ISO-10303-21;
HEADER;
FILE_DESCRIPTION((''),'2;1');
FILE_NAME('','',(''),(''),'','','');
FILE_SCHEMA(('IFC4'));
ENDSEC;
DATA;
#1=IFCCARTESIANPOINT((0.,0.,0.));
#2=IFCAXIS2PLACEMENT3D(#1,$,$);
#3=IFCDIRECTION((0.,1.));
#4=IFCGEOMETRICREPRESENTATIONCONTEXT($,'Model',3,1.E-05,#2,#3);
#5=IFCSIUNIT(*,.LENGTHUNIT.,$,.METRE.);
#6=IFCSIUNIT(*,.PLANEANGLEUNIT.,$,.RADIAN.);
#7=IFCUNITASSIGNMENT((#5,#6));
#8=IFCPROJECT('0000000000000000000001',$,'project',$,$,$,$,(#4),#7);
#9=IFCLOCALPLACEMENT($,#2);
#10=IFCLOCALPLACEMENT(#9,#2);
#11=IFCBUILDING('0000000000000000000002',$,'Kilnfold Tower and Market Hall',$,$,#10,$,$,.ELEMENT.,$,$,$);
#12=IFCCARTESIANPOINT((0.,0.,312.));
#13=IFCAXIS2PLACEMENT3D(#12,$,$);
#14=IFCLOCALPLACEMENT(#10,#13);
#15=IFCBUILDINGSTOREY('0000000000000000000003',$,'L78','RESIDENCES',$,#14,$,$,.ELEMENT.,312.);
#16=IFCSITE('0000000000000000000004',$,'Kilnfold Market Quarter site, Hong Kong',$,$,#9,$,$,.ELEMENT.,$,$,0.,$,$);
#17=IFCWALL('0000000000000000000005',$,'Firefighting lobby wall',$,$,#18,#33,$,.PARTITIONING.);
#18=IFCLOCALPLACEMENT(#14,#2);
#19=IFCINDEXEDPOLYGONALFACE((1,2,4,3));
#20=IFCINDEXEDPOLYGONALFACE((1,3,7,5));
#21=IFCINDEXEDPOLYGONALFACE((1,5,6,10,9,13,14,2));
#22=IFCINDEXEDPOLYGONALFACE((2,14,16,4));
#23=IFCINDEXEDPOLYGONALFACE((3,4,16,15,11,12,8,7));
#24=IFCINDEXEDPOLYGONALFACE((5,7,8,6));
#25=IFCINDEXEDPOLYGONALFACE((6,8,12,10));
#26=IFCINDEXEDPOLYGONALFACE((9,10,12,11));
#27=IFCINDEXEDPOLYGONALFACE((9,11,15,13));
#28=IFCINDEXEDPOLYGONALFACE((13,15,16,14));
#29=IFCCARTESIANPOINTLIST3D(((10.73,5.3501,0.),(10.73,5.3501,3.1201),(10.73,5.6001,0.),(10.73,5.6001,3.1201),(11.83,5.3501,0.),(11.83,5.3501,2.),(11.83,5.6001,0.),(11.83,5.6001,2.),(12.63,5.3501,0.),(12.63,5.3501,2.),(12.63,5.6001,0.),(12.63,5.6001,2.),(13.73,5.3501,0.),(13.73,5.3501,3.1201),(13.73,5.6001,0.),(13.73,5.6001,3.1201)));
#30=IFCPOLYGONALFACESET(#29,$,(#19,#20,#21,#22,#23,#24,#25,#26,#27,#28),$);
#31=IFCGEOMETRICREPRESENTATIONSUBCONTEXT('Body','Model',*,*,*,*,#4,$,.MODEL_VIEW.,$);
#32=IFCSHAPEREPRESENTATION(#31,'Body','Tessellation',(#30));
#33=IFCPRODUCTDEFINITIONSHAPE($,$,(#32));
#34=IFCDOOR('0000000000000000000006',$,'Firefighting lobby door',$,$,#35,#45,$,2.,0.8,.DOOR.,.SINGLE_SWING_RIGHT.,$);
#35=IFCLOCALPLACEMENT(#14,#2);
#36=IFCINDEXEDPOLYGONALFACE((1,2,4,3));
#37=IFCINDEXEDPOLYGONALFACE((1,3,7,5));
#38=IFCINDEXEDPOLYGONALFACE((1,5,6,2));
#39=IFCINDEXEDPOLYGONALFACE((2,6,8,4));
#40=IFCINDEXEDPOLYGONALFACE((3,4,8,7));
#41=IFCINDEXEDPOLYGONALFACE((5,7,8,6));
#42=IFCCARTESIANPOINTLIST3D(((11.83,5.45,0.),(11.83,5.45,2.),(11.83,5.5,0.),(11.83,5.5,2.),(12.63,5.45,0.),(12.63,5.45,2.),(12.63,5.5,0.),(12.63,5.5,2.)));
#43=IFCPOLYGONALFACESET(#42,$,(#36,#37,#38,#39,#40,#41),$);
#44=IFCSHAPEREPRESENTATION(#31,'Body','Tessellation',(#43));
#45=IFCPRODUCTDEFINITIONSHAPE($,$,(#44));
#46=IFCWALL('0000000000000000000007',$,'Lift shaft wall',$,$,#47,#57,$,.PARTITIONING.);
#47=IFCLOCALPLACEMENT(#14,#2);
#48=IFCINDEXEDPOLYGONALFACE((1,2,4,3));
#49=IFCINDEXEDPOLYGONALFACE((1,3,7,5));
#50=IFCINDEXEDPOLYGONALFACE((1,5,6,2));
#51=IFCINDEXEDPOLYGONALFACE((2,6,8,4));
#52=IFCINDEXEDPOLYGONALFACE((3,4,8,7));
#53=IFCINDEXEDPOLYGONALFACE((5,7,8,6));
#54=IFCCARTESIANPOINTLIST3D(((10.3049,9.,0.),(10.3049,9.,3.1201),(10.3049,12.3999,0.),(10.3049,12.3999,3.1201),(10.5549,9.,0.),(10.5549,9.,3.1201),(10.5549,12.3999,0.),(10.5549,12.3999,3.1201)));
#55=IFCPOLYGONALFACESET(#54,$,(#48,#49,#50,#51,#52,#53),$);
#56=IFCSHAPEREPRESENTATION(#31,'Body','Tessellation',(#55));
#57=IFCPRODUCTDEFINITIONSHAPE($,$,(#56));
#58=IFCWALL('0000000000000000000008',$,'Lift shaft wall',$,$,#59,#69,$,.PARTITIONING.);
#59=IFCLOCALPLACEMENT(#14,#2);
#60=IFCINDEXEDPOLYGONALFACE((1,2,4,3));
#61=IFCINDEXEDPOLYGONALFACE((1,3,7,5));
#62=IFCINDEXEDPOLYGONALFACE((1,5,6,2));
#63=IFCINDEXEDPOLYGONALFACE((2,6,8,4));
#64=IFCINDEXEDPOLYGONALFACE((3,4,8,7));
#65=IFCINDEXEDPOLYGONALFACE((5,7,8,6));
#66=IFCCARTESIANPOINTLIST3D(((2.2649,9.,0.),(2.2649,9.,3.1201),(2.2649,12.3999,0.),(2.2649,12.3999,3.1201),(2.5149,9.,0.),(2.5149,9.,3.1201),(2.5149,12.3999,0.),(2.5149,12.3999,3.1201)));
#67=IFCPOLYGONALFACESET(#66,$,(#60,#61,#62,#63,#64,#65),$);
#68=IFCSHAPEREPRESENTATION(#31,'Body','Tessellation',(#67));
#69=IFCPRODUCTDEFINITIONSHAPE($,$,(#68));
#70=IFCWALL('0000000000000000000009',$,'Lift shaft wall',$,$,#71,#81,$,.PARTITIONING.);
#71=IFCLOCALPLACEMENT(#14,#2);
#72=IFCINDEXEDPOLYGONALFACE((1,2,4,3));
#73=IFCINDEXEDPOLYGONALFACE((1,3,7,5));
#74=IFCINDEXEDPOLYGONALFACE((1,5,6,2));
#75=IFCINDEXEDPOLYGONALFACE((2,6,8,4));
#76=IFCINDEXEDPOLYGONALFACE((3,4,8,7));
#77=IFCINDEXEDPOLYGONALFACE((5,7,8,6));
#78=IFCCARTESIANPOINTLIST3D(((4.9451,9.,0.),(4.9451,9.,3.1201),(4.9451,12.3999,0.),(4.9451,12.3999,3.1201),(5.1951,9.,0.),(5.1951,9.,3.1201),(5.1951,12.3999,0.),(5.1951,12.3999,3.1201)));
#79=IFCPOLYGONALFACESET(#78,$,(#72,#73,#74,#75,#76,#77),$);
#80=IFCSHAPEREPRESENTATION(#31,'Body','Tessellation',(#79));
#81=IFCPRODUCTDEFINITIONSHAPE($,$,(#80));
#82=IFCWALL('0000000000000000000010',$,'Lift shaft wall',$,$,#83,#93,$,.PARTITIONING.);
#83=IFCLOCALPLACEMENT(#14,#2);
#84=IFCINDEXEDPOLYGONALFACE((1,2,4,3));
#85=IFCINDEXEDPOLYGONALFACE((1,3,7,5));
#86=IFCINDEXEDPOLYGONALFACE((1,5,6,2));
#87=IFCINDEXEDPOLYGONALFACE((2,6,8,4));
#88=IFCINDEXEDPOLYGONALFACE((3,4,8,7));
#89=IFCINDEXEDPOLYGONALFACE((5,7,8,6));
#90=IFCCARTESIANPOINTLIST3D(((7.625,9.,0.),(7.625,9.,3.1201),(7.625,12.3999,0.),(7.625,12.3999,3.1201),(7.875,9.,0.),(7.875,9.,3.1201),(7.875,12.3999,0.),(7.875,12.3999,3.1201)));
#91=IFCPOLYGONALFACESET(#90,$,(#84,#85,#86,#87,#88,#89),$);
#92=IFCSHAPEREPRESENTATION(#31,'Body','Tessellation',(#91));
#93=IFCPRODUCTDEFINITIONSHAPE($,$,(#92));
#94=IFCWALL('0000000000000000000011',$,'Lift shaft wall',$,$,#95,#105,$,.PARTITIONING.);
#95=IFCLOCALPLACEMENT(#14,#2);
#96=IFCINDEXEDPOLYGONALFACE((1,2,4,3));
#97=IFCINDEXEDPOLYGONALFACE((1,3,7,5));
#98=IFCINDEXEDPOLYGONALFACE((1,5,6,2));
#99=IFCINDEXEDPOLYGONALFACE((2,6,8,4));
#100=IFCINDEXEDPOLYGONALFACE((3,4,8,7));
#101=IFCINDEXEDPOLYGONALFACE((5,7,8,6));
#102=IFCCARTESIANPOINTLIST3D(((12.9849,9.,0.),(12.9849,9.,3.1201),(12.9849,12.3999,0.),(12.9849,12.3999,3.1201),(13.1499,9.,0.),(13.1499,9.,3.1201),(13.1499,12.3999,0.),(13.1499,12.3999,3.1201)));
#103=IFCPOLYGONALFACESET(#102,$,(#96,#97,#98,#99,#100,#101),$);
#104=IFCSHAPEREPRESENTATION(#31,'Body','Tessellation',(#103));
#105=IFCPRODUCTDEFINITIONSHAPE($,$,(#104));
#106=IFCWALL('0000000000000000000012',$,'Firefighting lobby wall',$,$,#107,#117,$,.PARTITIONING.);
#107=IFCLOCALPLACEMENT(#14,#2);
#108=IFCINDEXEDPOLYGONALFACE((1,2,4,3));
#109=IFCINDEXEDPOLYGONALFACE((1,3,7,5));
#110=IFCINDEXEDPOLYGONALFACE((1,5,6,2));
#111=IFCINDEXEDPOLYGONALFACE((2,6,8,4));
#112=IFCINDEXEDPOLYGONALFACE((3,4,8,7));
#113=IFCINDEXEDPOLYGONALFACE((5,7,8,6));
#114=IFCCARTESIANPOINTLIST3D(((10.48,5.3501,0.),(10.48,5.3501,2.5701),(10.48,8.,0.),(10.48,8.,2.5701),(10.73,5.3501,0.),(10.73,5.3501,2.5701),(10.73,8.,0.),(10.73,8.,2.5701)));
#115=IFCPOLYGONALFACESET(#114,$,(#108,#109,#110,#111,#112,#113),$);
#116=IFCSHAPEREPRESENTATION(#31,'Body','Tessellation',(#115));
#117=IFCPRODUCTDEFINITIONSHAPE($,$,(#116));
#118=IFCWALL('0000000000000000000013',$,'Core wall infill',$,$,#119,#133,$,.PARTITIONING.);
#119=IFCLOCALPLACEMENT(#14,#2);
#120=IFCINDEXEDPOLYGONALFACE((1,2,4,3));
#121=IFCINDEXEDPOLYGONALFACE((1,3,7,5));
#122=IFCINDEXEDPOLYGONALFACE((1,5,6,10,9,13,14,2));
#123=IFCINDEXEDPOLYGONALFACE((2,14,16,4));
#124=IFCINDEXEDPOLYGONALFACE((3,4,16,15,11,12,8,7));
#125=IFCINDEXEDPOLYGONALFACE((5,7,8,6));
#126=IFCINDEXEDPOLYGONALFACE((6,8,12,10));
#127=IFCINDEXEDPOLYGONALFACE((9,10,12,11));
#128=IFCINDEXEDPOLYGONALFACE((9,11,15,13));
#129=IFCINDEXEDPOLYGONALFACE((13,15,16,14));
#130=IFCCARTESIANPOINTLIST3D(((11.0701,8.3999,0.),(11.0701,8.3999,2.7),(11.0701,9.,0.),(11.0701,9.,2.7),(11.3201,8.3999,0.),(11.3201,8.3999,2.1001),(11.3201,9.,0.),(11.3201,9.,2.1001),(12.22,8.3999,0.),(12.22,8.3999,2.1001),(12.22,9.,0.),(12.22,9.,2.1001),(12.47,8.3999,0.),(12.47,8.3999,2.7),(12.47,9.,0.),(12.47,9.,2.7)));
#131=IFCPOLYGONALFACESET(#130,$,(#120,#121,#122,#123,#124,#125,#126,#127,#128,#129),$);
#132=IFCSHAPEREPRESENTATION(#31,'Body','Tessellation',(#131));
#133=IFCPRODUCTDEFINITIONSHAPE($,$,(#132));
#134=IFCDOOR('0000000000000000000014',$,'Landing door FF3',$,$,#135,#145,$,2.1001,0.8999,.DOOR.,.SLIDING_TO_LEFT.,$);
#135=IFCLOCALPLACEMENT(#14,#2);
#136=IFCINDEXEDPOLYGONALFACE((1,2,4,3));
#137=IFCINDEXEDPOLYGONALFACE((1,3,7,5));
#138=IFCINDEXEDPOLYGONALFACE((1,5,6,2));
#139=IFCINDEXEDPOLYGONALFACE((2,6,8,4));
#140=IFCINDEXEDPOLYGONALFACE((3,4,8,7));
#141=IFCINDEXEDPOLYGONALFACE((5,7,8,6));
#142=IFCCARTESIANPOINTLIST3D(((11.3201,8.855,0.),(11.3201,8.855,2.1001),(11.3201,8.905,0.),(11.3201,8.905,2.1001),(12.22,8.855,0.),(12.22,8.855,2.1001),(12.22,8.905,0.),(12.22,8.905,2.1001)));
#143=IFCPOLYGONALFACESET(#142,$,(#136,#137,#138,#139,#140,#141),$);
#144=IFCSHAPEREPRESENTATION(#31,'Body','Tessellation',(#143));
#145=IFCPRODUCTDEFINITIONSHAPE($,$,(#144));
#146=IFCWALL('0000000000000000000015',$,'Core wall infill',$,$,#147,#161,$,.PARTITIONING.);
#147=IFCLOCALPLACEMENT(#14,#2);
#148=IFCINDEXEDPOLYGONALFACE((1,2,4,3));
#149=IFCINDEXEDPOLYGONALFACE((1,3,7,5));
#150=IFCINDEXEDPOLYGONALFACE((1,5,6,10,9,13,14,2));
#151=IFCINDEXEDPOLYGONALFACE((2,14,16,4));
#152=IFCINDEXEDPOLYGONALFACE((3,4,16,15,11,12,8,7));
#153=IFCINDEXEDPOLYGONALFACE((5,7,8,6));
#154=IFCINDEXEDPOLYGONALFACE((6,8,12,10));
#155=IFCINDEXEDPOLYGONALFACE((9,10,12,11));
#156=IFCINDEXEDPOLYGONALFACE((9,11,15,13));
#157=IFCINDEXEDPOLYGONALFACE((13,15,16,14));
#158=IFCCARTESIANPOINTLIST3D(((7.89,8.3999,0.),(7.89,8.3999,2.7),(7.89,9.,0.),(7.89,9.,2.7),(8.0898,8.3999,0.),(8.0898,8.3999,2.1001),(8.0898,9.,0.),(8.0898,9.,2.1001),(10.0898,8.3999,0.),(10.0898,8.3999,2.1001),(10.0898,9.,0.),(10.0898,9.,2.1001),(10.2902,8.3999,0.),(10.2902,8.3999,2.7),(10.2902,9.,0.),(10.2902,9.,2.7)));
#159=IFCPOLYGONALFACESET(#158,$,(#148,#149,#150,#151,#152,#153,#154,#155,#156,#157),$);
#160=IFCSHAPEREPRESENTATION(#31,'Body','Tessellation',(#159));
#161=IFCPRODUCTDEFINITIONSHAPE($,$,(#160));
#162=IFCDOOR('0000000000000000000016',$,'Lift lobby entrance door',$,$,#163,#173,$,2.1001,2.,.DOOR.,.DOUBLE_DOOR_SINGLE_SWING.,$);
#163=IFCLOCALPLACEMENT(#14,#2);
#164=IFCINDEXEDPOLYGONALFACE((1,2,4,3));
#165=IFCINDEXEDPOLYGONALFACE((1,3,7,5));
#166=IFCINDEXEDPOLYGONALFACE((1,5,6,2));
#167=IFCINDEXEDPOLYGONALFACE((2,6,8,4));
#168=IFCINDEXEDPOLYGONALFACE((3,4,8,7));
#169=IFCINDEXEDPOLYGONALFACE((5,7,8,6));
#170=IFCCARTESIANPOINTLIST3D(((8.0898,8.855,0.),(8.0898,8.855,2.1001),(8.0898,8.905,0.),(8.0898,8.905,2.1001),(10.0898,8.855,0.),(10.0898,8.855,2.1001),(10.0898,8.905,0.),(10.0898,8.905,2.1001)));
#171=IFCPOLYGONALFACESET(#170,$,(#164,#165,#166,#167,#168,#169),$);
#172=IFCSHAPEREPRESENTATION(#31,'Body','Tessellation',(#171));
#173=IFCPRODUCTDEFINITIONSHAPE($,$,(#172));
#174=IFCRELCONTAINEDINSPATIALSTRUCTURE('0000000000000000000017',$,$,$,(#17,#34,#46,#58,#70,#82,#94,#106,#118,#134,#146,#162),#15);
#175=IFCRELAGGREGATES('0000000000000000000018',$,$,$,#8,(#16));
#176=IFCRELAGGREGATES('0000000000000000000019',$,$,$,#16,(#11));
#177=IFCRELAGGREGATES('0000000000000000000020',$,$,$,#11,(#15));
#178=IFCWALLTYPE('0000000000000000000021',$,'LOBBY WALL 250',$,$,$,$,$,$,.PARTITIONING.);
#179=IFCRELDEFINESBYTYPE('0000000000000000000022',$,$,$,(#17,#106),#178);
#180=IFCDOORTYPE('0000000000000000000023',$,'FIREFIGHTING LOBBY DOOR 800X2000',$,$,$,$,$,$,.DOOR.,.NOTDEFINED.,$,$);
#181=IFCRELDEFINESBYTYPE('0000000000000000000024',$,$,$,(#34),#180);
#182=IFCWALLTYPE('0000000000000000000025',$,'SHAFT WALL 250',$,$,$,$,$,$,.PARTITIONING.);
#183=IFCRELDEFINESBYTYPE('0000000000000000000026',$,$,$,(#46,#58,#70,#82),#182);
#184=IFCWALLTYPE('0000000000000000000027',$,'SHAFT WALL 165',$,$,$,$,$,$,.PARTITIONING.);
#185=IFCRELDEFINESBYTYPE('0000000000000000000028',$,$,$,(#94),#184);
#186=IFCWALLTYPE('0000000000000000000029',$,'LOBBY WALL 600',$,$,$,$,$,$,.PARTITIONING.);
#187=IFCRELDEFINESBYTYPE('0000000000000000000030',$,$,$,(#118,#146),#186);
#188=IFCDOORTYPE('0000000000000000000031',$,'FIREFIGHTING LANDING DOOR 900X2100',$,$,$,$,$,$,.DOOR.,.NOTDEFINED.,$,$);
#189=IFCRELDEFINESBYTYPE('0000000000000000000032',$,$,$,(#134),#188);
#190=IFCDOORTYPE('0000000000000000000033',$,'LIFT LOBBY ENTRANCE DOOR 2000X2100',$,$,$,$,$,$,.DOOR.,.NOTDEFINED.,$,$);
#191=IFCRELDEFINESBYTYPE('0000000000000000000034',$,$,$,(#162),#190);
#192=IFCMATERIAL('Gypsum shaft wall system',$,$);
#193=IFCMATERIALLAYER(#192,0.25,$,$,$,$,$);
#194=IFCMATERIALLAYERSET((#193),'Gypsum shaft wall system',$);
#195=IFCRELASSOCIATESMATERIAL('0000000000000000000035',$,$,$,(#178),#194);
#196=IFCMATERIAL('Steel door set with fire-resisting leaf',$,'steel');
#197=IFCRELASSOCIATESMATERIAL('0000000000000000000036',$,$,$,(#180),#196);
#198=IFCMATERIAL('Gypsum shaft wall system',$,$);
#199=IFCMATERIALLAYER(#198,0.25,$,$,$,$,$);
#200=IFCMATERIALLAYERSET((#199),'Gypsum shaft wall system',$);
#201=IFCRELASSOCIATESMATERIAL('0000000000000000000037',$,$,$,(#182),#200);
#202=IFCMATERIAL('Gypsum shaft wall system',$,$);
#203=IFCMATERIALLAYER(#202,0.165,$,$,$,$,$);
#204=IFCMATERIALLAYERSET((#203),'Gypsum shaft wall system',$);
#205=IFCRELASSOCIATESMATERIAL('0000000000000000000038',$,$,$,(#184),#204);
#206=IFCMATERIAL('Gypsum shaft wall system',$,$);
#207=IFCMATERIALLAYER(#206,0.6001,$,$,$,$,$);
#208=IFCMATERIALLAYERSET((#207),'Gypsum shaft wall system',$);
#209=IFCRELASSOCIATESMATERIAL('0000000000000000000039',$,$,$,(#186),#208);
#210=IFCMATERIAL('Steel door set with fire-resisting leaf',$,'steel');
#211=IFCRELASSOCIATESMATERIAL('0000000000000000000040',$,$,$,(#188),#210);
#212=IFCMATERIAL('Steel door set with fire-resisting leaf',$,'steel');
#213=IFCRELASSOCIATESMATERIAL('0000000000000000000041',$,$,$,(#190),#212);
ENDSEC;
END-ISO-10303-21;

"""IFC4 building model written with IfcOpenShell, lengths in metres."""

from ifc_helpers import new_model, si_unit, direction, frame, frame_2d, origin, place, context, subcontext, project, spatial, rectangle, extrude, source, transform, mapped, material, layer, layer_set, type_object, element, fill, save


model = new_model("IFC4")

# Units and contexts
model_context = context("Model", 3, precision=1e-05, world=origin(), true_north=direction((0.0, 1.0)))
body_context = subcontext(model_context, "Body", "Model", "MODEL_VIEW")
ifc_project = project(units=[si_unit("LENGTHUNIT", "METRE"), si_unit("PLANEANGLEUNIT", "RADIAN")], contexts=[model_context])

# Site, building, storey
site_placement = place(None, origin())
site = spatial("IfcSite", under=ifc_project, at=site_placement, Name="Kilnfold Market Quarter site, Hong Kong", CompositionType="ELEMENT", RefElevation=0.0)
building_placement = place(site_placement, origin())
building = spatial("IfcBuilding", under=site, at=building_placement, Name="Kilnfold Tower and Market Hall", CompositionType="ELEMENT")
storey_placement = place(building_placement, frame((0.0, 0.0, 312.0)))
storey = spatial("IfcBuildingStorey", under=building, at=storey_placement, Name="L78", Description="RESIDENCES", CompositionType="ELEMENT", Elevation=312.0)

# Wall, opening, door
ifc_material_1 = material(Name="Gypsum shaft wall system")
ifc_layer_1 = layer(ifc_material_1, 0.25)
ifc_layer_set_1 = layer_set([ifc_layer_1], Name="Gypsum shaft wall system")
wall_type_1 = type_object("IfcWallType", Name="LOBBY WALL 250", PredefinedType="PARTITIONING", material=ifc_layer_set_1)
shared_shape_1 = source(origin(), body_context, "Body", "SweptSolid", [
    extrude(rectangle(XDim=3.0, YDim=0.25, at=frame_2d((1.5, 0.0))), origin(), (0.0, 0.0, 1.0), 3.1201),
])
wall_1_placement = place(storey_placement, frame((10.73, 5.4751, 0.0), z_axis=(0.0, 0.0, 1.0), x_axis=(1.0, 0.0, 0.0)))
wall_1 = element("IfcWall", 1, at=wall_1_placement, inside=storey, type_object=wall_type_1, Name="Firefighting lobby wall", PredefinedType="PARTITIONING", context=body_context, shape_type="MappedRepresentation", body=[
    mapped(shared_shape_1, transform((0.0, 0.0, 0.0))),
])
opening_1_placement = place(wall_1_placement, frame((1.1001, 0.0, 0.0)))
opening_1 = element("IfcOpeningElement", 2, at=opening_1_placement, cuts=wall_1, PredefinedType="OPENING", context=body_context, shape_type="SweptSolid", body=[
    extrude(rectangle(XDim=0.8, YDim=2.0, at=frame_2d((0.3999, 1.0))), frame((0.0, 0.135, 0.0), z_axis=(0.0, -1.0, 0.0), x_axis=(1.0, 0.0, 0.0)), (0.0, 0.0, 1.0), 0.27),
])
ifc_material_2 = material(Name="Steel door set with fire-resisting leaf", Category="steel")
door_type_1 = type_object("IfcDoorType", Name="FIREFIGHTING LOBBY DOOR 800X2000", OperationType="NOTDEFINED", PredefinedType="DOOR", material=ifc_material_2)
door_1_placement = place(opening_1_placement, origin())
door_1 = element("IfcDoor", 3, at=door_1_placement, inside=storey, type_object=door_type_1, Name="Firefighting lobby door", OperationType="SINGLE_SWING_RIGHT", OverallHeight=2.0, OverallWidth=0.8, PredefinedType="DOOR", context=body_context, shape_type="SweptSolid", body=[
    extrude(rectangle(XDim=0.8, YDim=2.0, at=frame_2d((0.3999, 1.0))), frame((0.0, 0.0249, 0.0), z_axis=(0.0, -1.0, 0.0), x_axis=(1.0, 0.0, 0.0)), (0.0, 0.0, 1.0), 0.05),
])
fill(opening_1, door_1)

# Walls
ifc_material_3 = material(Name="Gypsum shaft wall system")
ifc_layer_2 = layer(ifc_material_3, 0.25)
ifc_layer_set_2 = layer_set([ifc_layer_2], Name="Gypsum shaft wall system")
wall_type_2 = type_object("IfcWallType", Name="SHAFT WALL 250", PredefinedType="PARTITIONING", material=ifc_layer_set_2)
shared_shape_2 = source(origin(), body_context, "Body", "SweptSolid", [
    extrude(rectangle(XDim=3.3999, YDim=0.25, at=frame_2d((1.7, 0.0))), origin(), (0.0, 0.0, 1.0), 3.1201),
])
for number, where, z_axis, x_axis, name in (
    (4, (10.4299, 9.0, 0.0), (0.0, 0.0, 1.0), (0.0, 1.0, 0.0), "Lift shaft wall"),
    (5, (2.3899, 9.0, 0.0), (0.0, 0.0, 1.0), (0.0, 1.0, 0.0), "Lift shaft wall"),
    (6, (5.0701, 9.0, 0.0), (0.0, 0.0, 1.0), (0.0, 1.0, 0.0), "Lift shaft wall"),
    (7, (7.75, 9.0, 0.0), (0.0, 0.0, 1.0), (0.0, 1.0, 0.0), "Lift shaft wall"),
):
    element("IfcWall", number, at=place(storey_placement, frame(where, z_axis=z_axis, x_axis=x_axis)), inside=storey, type_object=wall_type_2, Name=name, PredefinedType="PARTITIONING", context=body_context, shape_type="MappedRepresentation", body=[
        mapped(shared_shape_2, transform((0.0, 0.0, 0.0))),
    ])
ifc_material_4 = material(Name="Gypsum shaft wall system")
ifc_layer_3 = layer(ifc_material_4, 0.165)
ifc_layer_set_3 = layer_set([ifc_layer_3], Name="Gypsum shaft wall system")
wall_type_3 = type_object("IfcWallType", Name="SHAFT WALL 165", PredefinedType="PARTITIONING", material=ifc_layer_set_3)
shared_shape_3 = source(origin(), body_context, "Body", "SweptSolid", [
    extrude(rectangle(XDim=3.3999, YDim=0.165, at=frame_2d((1.7, 0.0))), origin(), (0.0, 0.0, 1.0), 3.1201),
])
wall_2_placement = place(storey_placement, frame((13.0674, 9.0, 0.0), z_axis=(0.0, 0.0, 1.0), x_axis=(0.0, 1.0, 0.0)))
element("IfcWall", 8, at=wall_2_placement, inside=storey, type_object=wall_type_3, Name="Lift shaft wall", PredefinedType="PARTITIONING", context=body_context, shape_type="MappedRepresentation", body=[
    mapped(shared_shape_3, transform((0.0, 0.0, 0.0))),
])
shared_shape_4 = source(origin(), body_context, "Body", "SweptSolid", [
    extrude(rectangle(XDim=2.6499, YDim=0.25, at=frame_2d((1.325, 0.0))), origin(), (0.0, 0.0, 1.0), 2.5701),
])
wall_3_placement = place(storey_placement, frame((10.605, 5.3501, 0.0), z_axis=(0.0, 0.0, 1.0), x_axis=(0.0, 1.0, 0.0)))
element("IfcWall", 9, at=wall_3_placement, inside=storey, type_object=wall_type_1, Name="Firefighting lobby wall", PredefinedType="PARTITIONING", context=body_context, shape_type="MappedRepresentation", body=[
    mapped(shared_shape_4, transform((0.0, 0.0, 0.0))),
])

# Walls, openings, doors
ifc_material_5 = material(Name="Gypsum shaft wall system")
ifc_layer_4 = layer(ifc_material_5, 0.6001)
ifc_layer_set_4 = layer_set([ifc_layer_4], Name="Gypsum shaft wall system")
wall_type_4 = type_object("IfcWallType", Name="LOBBY WALL 600", PredefinedType="PARTITIONING", material=ifc_layer_set_4)
shared_shape_5 = source(origin(), body_context, "Body", "SweptSolid", [
    extrude(rectangle(XDim=1.3999, YDim=0.6001, at=frame_2d((0.7, 0.0))), origin(), (0.0, 0.0, 1.0), 2.7),
])
wall_4_placement = place(storey_placement, frame((11.0701, 8.7, 0.0), z_axis=(0.0, 0.0, 1.0), x_axis=(1.0, 0.0, 0.0)))
wall_4 = element("IfcWall", 10, at=wall_4_placement, inside=storey, type_object=wall_type_4, Name="Core wall infill", PredefinedType="PARTITIONING", context=body_context, shape_type="MappedRepresentation", body=[
    mapped(shared_shape_5, transform((0.0, 0.0, 0.0))),
])
opening_2_placement = place(wall_4_placement, frame((0.25, 0.0, 0.0)))
opening_2 = element("IfcOpeningElement", 11, at=opening_2_placement, cuts=wall_4, PredefinedType="OPENING", context=body_context, shape_type="SweptSolid", body=[
    extrude(rectangle(XDim=0.8999, YDim=2.1001, at=frame_2d((0.45, 1.05))), frame((0.0, 0.3101, 0.0), z_axis=(0.0, -1.0, 0.0), x_axis=(1.0, 0.0, 0.0)), (0.0, 0.0, 1.0), 0.6201),
])
ifc_material_6 = material(Name="Steel door set with fire-resisting leaf", Category="steel")
door_type_2 = type_object("IfcDoorType", Name="FIREFIGHTING LANDING DOOR 900X2100", OperationType="NOTDEFINED", PredefinedType="DOOR", material=ifc_material_6)
door_2_placement = place(opening_2_placement, origin())
door_2 = element("IfcDoor", 12, at=door_2_placement, inside=storey, type_object=door_type_2, Name="Landing door FF3", OperationType="SLIDING_TO_LEFT", OverallHeight=2.1001, OverallWidth=0.8999, PredefinedType="DOOR", context=body_context, shape_type="SweptSolid", body=[
    extrude(rectangle(XDim=0.8999, YDim=2.1001, at=frame_2d((0.45, 1.05))), frame((0.0, 0.2051, 0.0), z_axis=(0.0, -1.0, 0.0), x_axis=(1.0, 0.0, 0.0)), (0.0, 0.0, 1.0), 0.05),
])
fill(opening_2, door_2)
shared_shape_6 = source(origin(), body_context, "Body", "SweptSolid", [
    extrude(rectangle(XDim=2.4001, YDim=0.6001, at=frame_2d((1.2002, 0.0))), origin(), (0.0, 0.0, 1.0), 2.7),
])
wall_5_placement = place(storey_placement, frame((7.8899, 8.7, 0.0), z_axis=(0.0, 0.0, 1.0), x_axis=(1.0, 0.0, 0.0)))
wall_5 = element("IfcWall", 13, at=wall_5_placement, inside=storey, type_object=wall_type_4, Name="Core wall infill", PredefinedType="PARTITIONING", context=body_context, shape_type="MappedRepresentation", body=[
    mapped(shared_shape_6, transform((0.0, 0.0, 0.0))),
])
opening_3_placement = place(wall_5_placement, frame((0.2, 0.0, 0.0)))
opening_3 = element("IfcOpeningElement", 14, at=opening_3_placement, cuts=wall_5, PredefinedType="OPENING", context=body_context, shape_type="SweptSolid", body=[
    extrude(rectangle(XDim=2.0, YDim=2.1001, at=frame_2d((1.0, 1.05))), frame((0.0, 0.3101, 0.0), z_axis=(0.0, -1.0, 0.0), x_axis=(1.0, 0.0, 0.0)), (0.0, 0.0, 1.0), 0.6201),
])
ifc_material_7 = material(Name="Steel door set with fire-resisting leaf", Category="steel")
door_type_3 = type_object("IfcDoorType", Name="LIFT LOBBY ENTRANCE DOOR 2000X2100", OperationType="NOTDEFINED", PredefinedType="DOOR", material=ifc_material_7)
door_3_placement = place(opening_3_placement, origin())
door_3 = element("IfcDoor", 15, at=door_3_placement, inside=storey, type_object=door_type_3, Name="Lift lobby entrance door", OperationType="DOUBLE_DOOR_SINGLE_SWING", OverallHeight=2.1001, OverallWidth=2.0, PredefinedType="DOOR", context=body_context, shape_type="SweptSolid", body=[
    extrude(rectangle(XDim=2.0, YDim=2.1001, at=frame_2d((1.0, 1.05))), frame((0.0, 0.2051, 0.0), z_axis=(0.0, -1.0, 0.0), x_axis=(1.0, 0.0, 0.0)), (0.0, 0.0, 1.0), 0.05),
])
fill(opening_3, door_3)

save(model, "model.ifc")
